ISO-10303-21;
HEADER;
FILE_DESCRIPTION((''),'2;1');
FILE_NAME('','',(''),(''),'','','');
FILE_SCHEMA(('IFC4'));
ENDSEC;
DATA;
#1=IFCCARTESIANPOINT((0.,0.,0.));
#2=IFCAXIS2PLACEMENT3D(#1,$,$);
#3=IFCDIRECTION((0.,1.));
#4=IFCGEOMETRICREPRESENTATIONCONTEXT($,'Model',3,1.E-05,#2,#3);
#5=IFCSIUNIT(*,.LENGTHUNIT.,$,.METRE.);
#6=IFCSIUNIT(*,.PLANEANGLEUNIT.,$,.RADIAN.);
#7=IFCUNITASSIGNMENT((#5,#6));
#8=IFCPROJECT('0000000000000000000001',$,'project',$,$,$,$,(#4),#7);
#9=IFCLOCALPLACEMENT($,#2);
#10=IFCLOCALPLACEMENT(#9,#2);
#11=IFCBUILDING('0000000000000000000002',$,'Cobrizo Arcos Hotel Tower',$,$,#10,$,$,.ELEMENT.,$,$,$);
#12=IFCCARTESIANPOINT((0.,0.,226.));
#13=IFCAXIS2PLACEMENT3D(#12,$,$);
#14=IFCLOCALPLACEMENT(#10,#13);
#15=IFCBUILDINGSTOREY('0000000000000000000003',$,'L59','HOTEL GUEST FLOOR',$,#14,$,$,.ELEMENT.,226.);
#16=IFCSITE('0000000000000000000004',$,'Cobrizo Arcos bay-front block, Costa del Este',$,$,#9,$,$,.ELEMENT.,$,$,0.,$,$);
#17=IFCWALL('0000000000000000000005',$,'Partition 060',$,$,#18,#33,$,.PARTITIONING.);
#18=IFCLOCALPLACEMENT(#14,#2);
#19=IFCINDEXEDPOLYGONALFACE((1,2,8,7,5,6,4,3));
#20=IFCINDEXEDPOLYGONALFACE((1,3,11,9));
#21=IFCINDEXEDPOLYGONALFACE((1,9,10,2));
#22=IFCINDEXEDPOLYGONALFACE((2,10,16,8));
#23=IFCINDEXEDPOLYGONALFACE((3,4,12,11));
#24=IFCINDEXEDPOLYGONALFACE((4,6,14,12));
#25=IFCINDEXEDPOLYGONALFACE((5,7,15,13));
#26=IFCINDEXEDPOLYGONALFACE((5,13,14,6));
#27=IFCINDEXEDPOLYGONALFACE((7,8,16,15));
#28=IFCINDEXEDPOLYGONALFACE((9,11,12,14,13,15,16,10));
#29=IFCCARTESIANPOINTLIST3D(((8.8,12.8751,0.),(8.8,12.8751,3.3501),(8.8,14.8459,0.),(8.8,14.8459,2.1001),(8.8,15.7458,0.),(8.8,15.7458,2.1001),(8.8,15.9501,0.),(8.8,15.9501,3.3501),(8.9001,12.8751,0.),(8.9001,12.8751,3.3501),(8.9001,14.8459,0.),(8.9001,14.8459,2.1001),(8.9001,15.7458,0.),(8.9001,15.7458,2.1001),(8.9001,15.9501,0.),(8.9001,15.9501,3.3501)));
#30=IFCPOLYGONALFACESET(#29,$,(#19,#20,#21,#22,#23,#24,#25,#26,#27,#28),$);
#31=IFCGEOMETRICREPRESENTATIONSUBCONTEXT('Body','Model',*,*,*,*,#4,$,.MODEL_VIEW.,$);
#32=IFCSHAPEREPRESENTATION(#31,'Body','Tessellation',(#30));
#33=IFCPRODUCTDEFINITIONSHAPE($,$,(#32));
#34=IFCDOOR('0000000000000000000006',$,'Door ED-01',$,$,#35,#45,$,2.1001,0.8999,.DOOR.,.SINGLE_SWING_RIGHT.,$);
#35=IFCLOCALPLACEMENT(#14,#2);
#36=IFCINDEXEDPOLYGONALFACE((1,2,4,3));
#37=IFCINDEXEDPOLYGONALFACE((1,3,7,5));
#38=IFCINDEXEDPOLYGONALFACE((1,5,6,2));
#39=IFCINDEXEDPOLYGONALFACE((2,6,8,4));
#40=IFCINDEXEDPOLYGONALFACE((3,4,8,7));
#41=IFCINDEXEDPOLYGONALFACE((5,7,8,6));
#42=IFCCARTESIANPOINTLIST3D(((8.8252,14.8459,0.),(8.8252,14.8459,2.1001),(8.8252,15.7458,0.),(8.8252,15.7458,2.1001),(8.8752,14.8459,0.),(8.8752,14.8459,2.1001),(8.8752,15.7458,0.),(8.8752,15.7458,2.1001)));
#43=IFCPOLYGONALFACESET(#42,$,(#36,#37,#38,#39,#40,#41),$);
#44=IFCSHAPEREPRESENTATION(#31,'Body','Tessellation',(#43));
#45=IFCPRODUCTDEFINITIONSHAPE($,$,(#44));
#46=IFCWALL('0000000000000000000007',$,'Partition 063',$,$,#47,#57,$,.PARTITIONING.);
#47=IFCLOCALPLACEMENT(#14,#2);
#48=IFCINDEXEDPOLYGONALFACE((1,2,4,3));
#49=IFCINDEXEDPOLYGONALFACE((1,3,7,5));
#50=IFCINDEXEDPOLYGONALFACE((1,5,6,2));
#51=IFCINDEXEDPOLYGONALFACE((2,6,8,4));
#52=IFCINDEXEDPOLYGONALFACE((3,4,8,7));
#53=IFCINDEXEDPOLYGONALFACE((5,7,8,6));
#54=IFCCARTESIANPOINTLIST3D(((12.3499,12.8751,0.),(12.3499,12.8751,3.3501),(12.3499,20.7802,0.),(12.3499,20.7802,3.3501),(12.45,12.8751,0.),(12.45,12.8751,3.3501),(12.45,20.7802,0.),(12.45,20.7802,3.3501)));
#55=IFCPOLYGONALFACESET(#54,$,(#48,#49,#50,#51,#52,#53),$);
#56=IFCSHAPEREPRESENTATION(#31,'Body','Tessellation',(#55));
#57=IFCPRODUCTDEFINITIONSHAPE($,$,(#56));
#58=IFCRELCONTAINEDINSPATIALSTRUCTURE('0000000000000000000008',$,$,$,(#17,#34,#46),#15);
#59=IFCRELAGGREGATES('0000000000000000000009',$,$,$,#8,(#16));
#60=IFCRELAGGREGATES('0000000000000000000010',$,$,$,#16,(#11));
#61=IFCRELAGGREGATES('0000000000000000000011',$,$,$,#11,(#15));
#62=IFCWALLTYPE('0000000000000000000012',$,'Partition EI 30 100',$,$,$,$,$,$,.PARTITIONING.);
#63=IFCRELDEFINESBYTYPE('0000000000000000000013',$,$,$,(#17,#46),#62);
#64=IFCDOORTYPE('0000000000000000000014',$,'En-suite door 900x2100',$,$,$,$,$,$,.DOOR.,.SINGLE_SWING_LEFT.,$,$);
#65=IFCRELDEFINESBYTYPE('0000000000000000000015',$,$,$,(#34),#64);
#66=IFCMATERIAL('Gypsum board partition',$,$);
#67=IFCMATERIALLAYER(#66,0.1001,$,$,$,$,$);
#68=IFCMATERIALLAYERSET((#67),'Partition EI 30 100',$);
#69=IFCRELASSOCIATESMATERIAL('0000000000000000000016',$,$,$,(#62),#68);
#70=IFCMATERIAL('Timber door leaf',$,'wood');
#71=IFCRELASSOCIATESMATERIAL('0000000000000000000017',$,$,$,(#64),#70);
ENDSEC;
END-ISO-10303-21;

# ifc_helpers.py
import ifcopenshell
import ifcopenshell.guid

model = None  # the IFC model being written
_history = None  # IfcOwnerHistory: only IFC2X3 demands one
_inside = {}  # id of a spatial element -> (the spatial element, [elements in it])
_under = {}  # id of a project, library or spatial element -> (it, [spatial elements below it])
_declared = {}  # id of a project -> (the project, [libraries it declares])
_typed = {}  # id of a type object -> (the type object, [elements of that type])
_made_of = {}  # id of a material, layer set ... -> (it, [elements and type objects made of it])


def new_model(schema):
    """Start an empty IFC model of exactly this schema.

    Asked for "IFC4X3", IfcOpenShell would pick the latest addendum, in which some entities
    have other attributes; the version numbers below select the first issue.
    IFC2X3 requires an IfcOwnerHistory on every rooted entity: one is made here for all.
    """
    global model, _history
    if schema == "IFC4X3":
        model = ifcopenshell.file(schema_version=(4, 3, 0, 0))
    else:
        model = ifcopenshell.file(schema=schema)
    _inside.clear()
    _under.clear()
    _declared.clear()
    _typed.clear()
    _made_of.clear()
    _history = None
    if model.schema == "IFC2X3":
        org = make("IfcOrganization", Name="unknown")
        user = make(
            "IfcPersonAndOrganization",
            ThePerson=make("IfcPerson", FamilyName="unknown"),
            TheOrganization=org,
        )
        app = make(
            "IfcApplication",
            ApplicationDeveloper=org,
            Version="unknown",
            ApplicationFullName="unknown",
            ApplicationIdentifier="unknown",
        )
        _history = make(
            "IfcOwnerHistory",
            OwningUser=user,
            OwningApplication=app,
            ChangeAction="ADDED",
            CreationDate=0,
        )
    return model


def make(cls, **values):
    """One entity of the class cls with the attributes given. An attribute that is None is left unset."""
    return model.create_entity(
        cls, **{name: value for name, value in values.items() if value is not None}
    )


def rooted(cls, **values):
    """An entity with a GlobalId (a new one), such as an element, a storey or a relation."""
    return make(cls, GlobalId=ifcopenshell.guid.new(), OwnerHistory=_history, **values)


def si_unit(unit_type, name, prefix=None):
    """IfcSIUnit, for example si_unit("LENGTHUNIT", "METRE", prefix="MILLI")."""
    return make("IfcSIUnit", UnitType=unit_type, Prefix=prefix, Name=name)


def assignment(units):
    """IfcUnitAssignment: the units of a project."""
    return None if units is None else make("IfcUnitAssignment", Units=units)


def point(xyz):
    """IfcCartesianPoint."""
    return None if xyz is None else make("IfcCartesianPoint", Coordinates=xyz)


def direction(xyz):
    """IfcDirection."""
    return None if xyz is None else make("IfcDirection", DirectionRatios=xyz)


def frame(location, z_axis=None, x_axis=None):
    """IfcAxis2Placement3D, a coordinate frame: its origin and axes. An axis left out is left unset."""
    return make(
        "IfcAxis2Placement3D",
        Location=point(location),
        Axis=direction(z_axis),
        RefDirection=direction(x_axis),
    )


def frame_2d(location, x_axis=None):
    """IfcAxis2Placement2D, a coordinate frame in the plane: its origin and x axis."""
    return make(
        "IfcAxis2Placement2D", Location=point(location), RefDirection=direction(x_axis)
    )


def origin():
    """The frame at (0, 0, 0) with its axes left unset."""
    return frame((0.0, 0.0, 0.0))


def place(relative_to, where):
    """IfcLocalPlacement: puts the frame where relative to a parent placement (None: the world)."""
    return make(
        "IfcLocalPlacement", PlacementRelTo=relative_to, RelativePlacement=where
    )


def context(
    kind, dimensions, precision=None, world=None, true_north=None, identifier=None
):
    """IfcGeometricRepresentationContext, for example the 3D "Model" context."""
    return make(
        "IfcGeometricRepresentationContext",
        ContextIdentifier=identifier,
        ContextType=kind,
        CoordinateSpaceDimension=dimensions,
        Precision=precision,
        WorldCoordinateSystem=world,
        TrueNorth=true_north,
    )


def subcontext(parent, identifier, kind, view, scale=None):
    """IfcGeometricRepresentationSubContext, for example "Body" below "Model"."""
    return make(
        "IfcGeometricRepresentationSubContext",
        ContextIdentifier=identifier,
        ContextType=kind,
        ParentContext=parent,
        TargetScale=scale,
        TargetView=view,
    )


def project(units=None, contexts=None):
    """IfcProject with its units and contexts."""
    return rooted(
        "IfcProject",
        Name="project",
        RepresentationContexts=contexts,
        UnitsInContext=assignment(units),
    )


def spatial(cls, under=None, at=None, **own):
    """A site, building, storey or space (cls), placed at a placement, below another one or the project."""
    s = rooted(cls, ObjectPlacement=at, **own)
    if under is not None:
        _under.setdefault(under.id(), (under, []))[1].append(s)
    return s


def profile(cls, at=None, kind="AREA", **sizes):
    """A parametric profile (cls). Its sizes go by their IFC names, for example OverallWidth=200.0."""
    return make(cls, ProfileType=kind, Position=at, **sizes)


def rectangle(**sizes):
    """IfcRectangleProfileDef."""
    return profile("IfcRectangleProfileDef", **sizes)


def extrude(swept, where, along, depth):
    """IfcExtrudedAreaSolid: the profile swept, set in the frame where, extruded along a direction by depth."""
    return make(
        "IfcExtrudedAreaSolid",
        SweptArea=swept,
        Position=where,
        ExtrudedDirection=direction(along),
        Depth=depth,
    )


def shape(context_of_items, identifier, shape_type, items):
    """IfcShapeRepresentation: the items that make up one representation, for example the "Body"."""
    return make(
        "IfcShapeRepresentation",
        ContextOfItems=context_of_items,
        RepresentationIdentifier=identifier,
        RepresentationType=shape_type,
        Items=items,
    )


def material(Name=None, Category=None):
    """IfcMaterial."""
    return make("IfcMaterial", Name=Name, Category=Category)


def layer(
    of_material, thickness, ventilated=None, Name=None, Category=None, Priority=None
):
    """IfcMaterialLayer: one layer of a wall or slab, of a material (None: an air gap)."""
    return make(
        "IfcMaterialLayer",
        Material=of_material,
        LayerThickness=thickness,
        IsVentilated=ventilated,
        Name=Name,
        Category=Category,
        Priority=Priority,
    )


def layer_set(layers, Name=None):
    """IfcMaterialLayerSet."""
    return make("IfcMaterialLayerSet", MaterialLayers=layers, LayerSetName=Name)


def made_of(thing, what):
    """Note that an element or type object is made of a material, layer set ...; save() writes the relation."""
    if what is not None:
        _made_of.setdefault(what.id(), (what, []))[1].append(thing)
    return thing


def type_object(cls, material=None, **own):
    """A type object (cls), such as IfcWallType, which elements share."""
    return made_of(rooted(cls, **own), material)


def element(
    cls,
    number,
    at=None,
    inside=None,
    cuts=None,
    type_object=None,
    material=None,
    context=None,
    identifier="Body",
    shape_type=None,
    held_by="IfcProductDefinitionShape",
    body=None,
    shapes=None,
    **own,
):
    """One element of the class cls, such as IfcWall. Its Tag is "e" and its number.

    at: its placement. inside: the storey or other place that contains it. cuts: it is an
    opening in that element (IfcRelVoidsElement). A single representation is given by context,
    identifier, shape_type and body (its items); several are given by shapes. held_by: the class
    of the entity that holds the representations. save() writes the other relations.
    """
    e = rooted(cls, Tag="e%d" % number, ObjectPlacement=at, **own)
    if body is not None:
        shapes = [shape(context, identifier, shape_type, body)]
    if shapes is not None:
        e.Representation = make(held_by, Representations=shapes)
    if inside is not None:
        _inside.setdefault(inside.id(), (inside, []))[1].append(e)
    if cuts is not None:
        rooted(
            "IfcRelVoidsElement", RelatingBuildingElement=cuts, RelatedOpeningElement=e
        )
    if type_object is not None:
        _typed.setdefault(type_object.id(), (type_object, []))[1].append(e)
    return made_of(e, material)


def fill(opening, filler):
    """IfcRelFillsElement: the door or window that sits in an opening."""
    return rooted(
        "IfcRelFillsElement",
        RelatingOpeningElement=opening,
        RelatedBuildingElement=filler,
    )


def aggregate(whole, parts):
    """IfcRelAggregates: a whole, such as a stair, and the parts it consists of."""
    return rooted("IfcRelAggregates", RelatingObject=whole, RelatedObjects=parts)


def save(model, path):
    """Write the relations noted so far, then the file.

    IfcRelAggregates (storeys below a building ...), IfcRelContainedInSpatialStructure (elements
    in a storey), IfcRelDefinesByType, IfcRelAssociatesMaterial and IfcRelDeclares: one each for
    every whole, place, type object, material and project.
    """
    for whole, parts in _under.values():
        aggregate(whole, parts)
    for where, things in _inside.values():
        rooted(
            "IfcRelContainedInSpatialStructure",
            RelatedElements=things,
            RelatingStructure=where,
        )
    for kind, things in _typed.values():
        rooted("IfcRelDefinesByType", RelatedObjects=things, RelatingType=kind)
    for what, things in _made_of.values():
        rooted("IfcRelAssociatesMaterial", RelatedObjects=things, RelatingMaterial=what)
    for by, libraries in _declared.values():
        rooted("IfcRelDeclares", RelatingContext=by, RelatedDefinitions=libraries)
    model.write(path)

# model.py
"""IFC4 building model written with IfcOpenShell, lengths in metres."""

from ifc_helpers import new_model, si_unit, direction, frame, frame_2d, origin, place, context, subcontext, project, spatial, rectangle, extrude, material, layer, layer_set, type_object, element, fill, save


model = new_model("IFC4")

# Units and contexts
model_context = context("Model", 3, precision=1e-05, world=origin(), true_north=direction((0.0, 1.0)))
body_context = subcontext(model_context, "Body", "Model", "MODEL_VIEW")
ifc_project = project(units=[si_unit("LENGTHUNIT", "METRE"), si_unit("PLANEANGLEUNIT", "RADIAN")], contexts=[model_context])

# Site, building, storey
site_placement = place(None, origin())
site = spatial("IfcSite", under=ifc_project, at=site_placement, Name="Cobrizo Arcos bay-front block, Costa del Este", CompositionType="ELEMENT", RefElevation=0.0)
building_placement = place(site_placement, origin())
building = spatial("IfcBuilding", under=site, at=building_placement, Name="Cobrizo Arcos Hotel Tower", CompositionType="ELEMENT")
storey_placement = place(building_placement, frame((0.0, 0.0, 226.0)))
storey = spatial("IfcBuildingStorey", under=building, at=storey_placement, Name="L59", Description="HOTEL GUEST FLOOR", CompositionType="ELEMENT", Elevation=226.0)

# Shared definitions
ifc_material_1 = material(Name="Gypsum board partition")
ifc_material_2 = material(Name="Timber door leaf", Category="wood")

# Shared definitions
ifc_layer_1 = layer(ifc_material_1, 0.1001)
ifc_layer_set_1 = layer_set([ifc_layer_1], Name="Partition EI 30 100")
wall_type_1 = type_object("IfcWallType", Name="Partition EI 30 100", PredefinedType="PARTITIONING", material=ifc_layer_set_1)

# Wall, opening, door
wall_1_placement = place(storey_placement, frame((8.8501, 12.875, 0.0), z_axis=(0.0, 0.0, 1.0), x_axis=(0.0, 1.0, 0.0)))
wall_1 = element("IfcWall", 1, at=wall_1_placement, inside=storey, type_object=wall_type_1, Name="Partition 060", PredefinedType="PARTITIONING", context=body_context, shape_type="SweptSolid", body=[
    extrude(rectangle(XDim=3.075, YDim=0.1001, at=frame_2d((1.5376, 0.0))), origin(), (0.0, 0.0, 1.0), 3.3501),
])
opening_1_placement = place(wall_1_placement, frame((1.9709, 0.0, 0.0)))
opening_1 = element("IfcOpeningElement", 2, at=opening_1_placement, cuts=wall_1, PredefinedType="OPENING", context=body_context, shape_type="SweptSolid", body=[
    extrude(rectangle(XDim=0.8999, YDim=2.1001, at=frame_2d((0.45, 1.05))), frame((0.0, 0.062, 0.0), z_axis=(0.0, -1.0, 0.0), x_axis=(1.0, 0.0, 0.0)), (0.0, 0.0, 1.0), 0.124),
])
door_type_1 = type_object("IfcDoorType", Name="En-suite door 900x2100", OperationType="SINGLE_SWING_LEFT", PredefinedType="DOOR", material=ifc_material_2)
door_1_placement = place(opening_1_placement, origin())
door_1 = element("IfcDoor", 3, at=door_1_placement, inside=storey, type_object=door_type_1, Name="Door ED-01", OperationType="SINGLE_SWING_RIGHT", OverallHeight=2.1001, OverallWidth=0.8999, PredefinedType="DOOR", context=body_context, shape_type="SweptSolid", body=[
    extrude(rectangle(XDim=0.8999, YDim=2.1001, at=frame_2d((0.45, 1.05))), frame((0.0, 0.0249, 0.0), z_axis=(0.0, -1.0, 0.0), x_axis=(1.0, 0.0, 0.0)), (0.0, 0.0, 1.0), 0.05),
])
fill(opening_1, door_1)

# Wall
wall_2_placement = place(storey_placement, frame((12.3999, 12.875, 0.0), z_axis=(0.0, 0.0, 1.0), x_axis=(0.0, 1.0, 0.0)))
element("IfcWall", 4, at=wall_2_placement, inside=storey, type_object=wall_type_1, Name="Partition 063", PredefinedType="PARTITIONING", context=body_context, shape_type="SweptSolid", body=[
    extrude(rectangle(XDim=7.905, YDim=0.1001, at=frame_2d((3.9526, 0.0))), origin(), (0.0, 0.0, 1.0), 3.3501),
])

save(model, "model.ifc")
